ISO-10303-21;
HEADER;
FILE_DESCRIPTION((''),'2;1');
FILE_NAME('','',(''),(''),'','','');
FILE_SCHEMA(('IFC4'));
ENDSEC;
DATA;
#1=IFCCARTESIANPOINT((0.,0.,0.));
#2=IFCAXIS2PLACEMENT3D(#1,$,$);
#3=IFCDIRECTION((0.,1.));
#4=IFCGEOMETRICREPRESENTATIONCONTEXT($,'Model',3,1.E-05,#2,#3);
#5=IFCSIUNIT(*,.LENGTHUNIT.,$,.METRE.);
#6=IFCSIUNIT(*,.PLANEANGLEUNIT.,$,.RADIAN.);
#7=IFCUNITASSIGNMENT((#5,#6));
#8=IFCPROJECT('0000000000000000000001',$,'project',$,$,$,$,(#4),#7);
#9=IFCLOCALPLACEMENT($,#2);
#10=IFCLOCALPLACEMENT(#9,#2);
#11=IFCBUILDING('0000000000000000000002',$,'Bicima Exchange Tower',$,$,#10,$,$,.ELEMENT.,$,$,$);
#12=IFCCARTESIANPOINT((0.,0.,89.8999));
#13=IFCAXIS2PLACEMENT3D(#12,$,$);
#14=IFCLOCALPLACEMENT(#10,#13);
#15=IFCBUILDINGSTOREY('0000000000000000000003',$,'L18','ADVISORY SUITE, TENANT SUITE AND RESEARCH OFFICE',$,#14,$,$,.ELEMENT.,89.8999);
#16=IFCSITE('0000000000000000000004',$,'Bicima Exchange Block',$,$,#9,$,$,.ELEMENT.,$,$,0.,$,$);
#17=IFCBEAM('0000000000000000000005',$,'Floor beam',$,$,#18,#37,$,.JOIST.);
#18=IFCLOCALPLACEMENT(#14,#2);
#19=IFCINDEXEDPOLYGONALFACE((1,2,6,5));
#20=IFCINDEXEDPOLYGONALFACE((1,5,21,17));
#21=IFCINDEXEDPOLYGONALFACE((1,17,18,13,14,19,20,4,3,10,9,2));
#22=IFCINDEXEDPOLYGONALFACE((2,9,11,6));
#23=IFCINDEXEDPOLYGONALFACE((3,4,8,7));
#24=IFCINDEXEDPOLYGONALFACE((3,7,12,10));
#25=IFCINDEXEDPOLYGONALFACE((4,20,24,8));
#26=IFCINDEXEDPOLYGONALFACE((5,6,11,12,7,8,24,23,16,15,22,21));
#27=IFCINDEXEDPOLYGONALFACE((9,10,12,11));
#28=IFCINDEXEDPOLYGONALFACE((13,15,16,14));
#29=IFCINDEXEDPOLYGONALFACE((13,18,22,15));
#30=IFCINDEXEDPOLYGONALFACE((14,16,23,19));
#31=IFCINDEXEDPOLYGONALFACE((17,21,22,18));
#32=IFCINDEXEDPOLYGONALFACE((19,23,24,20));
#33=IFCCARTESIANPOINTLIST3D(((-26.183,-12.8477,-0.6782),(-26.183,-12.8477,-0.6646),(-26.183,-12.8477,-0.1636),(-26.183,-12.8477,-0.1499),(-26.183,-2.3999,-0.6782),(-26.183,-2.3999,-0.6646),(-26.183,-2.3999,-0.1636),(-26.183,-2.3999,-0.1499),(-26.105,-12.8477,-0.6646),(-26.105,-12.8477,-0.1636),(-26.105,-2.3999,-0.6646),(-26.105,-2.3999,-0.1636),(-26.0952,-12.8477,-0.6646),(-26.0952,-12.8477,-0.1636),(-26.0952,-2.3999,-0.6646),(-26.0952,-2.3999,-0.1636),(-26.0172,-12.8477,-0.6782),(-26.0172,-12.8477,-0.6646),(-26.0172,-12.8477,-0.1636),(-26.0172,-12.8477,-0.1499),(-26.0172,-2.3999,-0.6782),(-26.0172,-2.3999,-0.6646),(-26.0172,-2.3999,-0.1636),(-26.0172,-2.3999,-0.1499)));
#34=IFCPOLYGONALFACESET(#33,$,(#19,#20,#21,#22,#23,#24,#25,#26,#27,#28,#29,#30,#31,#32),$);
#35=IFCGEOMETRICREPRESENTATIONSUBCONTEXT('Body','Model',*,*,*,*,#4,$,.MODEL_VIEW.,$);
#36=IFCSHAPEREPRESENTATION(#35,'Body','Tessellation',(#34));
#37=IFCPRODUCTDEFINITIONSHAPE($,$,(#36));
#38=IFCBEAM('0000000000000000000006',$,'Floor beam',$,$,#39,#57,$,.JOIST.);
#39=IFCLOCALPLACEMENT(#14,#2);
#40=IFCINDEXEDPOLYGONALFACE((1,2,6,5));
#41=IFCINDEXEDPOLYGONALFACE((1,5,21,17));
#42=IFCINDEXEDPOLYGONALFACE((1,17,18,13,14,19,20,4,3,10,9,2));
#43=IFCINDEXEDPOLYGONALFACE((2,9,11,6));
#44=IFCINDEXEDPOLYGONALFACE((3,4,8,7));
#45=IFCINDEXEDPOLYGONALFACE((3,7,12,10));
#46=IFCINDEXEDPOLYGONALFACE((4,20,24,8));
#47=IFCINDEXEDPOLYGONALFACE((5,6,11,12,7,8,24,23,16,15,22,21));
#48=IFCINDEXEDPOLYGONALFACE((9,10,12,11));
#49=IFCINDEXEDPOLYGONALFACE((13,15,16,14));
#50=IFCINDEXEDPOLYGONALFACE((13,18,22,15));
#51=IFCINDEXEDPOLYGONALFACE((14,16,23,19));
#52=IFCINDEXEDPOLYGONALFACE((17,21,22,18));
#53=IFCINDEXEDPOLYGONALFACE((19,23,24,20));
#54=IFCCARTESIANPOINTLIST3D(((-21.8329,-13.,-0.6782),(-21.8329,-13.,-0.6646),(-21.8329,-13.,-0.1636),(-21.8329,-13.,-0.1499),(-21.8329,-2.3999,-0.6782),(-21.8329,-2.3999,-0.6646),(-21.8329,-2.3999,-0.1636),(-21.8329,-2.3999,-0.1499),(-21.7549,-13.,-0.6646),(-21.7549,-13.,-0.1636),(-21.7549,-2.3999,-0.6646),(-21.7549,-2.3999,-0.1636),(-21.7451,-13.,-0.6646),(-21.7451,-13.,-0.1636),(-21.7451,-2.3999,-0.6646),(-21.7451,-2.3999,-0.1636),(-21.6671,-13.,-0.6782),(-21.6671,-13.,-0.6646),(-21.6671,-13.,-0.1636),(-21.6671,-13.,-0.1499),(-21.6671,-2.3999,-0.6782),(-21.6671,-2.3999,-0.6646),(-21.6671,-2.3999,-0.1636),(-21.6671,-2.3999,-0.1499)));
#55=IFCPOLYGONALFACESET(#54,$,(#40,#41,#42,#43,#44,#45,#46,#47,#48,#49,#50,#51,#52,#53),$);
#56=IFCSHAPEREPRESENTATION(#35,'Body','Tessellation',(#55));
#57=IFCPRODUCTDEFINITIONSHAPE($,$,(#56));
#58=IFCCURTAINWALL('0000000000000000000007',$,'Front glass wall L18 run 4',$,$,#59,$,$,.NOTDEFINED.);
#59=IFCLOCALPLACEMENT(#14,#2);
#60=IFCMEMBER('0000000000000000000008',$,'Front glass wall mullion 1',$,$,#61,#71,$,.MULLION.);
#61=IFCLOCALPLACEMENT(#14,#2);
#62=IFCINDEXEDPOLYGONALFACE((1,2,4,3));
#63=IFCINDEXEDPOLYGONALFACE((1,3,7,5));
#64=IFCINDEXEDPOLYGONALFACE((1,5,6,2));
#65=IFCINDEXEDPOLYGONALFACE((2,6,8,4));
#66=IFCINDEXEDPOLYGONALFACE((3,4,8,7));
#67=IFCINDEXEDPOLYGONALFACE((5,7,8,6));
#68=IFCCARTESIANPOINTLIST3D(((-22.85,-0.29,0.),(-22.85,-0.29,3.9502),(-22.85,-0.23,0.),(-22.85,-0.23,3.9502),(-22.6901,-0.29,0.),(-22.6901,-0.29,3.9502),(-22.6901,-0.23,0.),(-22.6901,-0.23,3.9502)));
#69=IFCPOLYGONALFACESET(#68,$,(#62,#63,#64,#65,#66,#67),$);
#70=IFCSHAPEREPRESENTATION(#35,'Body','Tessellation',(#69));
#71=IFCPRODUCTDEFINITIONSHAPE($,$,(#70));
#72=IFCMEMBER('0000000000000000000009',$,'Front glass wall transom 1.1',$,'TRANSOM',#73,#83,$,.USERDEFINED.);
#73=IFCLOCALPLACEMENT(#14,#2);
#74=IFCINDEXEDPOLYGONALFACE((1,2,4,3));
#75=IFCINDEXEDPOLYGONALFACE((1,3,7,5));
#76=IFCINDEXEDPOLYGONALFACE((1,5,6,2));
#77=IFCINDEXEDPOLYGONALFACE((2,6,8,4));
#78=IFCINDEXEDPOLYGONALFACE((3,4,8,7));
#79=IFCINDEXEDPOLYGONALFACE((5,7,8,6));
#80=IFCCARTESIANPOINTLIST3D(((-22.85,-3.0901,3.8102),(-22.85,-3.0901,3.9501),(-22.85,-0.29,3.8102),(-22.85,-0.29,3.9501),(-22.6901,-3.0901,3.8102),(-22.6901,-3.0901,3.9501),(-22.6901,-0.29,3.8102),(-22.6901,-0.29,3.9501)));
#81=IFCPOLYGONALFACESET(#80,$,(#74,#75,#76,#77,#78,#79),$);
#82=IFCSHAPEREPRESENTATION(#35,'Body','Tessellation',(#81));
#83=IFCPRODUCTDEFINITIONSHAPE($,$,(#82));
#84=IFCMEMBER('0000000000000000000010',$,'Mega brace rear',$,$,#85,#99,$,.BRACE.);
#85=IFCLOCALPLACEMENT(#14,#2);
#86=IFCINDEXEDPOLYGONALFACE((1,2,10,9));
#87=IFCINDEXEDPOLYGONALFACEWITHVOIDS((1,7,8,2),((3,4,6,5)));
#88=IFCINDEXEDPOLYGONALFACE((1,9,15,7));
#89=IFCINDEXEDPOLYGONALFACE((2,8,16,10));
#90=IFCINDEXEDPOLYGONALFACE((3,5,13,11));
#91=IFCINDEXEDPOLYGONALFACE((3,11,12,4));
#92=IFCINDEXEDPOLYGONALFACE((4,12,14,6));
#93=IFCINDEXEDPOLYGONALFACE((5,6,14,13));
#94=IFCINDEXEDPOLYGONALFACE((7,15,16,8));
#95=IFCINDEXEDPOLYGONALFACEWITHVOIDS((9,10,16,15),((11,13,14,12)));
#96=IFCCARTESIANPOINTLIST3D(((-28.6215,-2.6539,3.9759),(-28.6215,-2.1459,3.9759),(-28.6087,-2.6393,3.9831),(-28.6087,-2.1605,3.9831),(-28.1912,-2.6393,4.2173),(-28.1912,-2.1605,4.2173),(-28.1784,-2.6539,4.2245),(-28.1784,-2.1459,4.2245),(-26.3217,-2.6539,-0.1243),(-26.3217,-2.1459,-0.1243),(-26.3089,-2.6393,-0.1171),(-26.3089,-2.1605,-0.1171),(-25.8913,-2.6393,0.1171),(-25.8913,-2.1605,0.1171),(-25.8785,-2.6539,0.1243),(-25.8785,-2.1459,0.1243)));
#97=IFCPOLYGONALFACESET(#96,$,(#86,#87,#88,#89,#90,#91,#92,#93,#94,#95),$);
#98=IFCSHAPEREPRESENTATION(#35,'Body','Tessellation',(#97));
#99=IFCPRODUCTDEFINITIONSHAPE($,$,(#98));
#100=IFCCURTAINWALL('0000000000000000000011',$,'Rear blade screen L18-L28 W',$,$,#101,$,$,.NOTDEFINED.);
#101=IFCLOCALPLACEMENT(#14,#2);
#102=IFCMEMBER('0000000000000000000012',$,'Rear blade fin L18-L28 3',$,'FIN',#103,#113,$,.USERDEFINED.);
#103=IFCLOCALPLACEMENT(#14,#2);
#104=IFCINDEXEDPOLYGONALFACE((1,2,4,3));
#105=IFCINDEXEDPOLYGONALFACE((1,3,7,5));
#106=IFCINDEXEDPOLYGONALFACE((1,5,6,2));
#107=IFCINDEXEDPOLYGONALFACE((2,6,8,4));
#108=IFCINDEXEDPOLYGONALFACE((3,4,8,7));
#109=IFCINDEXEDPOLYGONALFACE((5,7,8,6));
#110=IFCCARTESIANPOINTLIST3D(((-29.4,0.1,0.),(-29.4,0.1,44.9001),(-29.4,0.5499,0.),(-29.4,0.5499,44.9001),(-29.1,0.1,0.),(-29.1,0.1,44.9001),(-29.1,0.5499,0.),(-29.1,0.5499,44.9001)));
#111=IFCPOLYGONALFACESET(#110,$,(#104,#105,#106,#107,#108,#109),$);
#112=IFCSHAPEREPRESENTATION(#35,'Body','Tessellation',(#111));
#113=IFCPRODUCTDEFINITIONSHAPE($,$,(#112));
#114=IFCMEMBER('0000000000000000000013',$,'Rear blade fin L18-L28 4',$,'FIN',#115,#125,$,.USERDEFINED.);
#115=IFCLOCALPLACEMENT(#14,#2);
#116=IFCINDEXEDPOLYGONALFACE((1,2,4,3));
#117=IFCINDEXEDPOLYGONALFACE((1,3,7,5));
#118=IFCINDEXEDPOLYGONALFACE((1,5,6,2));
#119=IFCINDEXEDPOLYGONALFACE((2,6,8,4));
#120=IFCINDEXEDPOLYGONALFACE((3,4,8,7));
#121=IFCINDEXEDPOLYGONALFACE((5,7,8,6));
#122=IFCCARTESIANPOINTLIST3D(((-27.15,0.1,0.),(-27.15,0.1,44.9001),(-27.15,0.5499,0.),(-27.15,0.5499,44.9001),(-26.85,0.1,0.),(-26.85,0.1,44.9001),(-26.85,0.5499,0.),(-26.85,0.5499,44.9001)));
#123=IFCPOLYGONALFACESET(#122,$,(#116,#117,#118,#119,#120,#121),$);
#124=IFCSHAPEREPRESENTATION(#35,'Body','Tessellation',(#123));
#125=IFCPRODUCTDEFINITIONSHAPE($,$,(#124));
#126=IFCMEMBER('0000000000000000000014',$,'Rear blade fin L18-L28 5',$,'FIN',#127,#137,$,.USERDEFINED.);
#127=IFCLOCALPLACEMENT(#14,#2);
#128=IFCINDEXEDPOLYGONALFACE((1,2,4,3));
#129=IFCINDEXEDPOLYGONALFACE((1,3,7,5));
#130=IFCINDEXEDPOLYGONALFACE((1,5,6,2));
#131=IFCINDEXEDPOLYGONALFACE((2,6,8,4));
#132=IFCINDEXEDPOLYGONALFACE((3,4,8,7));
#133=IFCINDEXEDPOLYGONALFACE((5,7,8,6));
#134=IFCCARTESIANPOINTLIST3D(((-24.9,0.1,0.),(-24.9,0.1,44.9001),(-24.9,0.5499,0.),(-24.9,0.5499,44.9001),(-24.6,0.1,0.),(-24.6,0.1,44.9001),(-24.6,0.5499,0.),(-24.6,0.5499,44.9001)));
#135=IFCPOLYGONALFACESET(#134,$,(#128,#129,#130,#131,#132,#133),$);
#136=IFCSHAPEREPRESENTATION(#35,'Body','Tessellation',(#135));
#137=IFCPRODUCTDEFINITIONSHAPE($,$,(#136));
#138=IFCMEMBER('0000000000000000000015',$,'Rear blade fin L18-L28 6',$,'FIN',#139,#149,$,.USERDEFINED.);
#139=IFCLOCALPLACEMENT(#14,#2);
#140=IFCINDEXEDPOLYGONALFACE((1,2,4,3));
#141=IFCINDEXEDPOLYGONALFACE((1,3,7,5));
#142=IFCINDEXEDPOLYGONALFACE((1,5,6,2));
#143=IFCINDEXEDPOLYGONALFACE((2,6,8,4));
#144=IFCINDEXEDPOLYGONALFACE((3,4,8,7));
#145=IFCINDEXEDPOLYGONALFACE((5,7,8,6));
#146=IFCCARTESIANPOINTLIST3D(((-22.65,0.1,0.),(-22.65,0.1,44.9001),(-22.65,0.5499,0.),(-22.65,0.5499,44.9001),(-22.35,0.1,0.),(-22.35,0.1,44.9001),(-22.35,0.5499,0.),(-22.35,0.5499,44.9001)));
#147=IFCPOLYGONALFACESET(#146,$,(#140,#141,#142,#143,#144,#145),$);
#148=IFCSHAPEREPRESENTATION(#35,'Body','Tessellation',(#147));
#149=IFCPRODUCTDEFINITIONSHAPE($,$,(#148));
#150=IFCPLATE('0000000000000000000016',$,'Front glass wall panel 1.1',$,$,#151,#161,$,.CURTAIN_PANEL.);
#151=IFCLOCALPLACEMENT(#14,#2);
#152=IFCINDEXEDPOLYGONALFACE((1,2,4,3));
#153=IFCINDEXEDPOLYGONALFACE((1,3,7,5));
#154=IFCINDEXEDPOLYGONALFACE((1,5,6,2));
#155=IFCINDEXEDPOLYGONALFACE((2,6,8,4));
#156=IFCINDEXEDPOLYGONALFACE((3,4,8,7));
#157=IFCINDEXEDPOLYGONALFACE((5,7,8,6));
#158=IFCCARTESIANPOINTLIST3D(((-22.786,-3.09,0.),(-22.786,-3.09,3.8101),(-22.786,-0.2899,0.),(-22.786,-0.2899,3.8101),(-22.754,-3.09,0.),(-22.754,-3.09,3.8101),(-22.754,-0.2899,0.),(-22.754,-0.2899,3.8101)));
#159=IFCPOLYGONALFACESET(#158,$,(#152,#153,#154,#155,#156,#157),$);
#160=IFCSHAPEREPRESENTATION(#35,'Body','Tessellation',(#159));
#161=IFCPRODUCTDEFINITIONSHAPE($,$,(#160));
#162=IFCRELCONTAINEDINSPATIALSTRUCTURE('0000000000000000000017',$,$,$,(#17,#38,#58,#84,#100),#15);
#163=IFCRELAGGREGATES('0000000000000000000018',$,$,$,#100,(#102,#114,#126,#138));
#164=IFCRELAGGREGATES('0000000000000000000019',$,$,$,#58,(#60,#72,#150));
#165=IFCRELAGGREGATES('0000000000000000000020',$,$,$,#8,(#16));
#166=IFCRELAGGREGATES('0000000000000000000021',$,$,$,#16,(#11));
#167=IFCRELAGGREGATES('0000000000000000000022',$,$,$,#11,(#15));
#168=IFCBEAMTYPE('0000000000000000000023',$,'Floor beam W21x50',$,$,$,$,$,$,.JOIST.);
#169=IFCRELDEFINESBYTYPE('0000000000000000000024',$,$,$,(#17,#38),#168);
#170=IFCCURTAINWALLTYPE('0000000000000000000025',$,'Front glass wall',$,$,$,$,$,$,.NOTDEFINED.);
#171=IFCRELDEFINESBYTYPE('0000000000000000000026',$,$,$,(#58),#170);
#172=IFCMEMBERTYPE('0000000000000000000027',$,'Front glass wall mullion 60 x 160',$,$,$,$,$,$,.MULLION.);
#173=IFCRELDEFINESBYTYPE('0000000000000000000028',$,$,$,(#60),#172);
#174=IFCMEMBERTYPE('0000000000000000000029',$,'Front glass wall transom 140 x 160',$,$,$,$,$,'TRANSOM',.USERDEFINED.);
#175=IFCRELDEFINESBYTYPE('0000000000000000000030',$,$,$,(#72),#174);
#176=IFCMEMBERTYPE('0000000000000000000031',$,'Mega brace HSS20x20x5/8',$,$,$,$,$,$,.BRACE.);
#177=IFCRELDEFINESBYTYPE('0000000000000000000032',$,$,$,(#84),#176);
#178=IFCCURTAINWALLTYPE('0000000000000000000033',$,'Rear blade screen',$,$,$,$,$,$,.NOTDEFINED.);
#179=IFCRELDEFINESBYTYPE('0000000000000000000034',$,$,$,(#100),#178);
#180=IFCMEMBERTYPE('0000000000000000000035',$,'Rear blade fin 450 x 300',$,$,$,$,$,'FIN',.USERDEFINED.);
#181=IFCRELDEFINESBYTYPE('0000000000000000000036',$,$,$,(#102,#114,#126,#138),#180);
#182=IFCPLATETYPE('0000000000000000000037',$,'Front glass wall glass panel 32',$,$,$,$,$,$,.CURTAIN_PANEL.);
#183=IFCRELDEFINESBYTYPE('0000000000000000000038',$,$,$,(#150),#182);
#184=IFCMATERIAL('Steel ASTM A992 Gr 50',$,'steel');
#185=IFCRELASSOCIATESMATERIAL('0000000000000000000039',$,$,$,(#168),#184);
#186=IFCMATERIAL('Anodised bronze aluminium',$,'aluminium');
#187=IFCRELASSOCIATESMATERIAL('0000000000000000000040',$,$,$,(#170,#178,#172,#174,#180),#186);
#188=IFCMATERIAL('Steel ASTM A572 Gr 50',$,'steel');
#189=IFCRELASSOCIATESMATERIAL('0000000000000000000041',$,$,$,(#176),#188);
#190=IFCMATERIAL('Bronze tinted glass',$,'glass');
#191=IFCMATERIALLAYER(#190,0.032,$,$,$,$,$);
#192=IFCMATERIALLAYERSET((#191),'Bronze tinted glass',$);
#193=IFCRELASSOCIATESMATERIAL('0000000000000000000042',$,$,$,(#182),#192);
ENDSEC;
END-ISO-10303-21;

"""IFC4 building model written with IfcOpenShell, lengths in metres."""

from ifc_helpers import new_model, si_unit, direction, frame, origin, origin_2d, place, context, subcontext, project, spatial, rectangle, hollow_rectangle, i_section, extrude, material, layer, layer_set, material_profile, profile_set, type_object, element, aggregate, save


model = new_model("IFC4")

# Units and contexts
model_context = context("Model", 3, precision=1e-05, world=origin(), true_north=direction((0.0, 1.0)))
body_context = subcontext(model_context, "Body", "Model", "MODEL_VIEW")
ifc_project = project(units=[si_unit("LENGTHUNIT", "METRE"), si_unit("PLANEANGLEUNIT", "RADIAN")], contexts=[model_context])

# Site, building, storey
site_placement = place(None, origin())
site = spatial("IfcSite", under=ifc_project, at=site_placement, Name="Bicima Exchange Block", CompositionType="ELEMENT", RefElevation=0.0)
building_placement = place(site_placement, origin())
building = spatial("IfcBuilding", under=site, at=building_placement, Name="Bicima Exchange Tower", CompositionType="ELEMENT")
storey_placement = place(building_placement, frame((0.0, 0.0, 89.8999)))
storey = spatial("IfcBuildingStorey", under=building, at=storey_placement, Name="L18", Description="ADVISORY SUITE, TENANT SUITE AND RESEARCH OFFICE", CompositionType="ELEMENT", Elevation=89.8999)

# Beams
ifc_material_1 = material(Name="Steel ASTM A992 Gr 50", Category="steel")
ifc_material_profile_1 = material_profile(ifc_material_1, i_section(OverallWidth=0.1658, OverallDepth=0.5283, WebThickness=0.0098, FlangeThickness=0.0137, at=origin_2d()))
ifc_profile_set_1 = profile_set([ifc_material_profile_1], Name="Steel ASTM A992 Gr 50")
beam_type = type_object("IfcBeamType", Name="Floor beam W21x50", PredefinedType="JOIST", material=ifc_profile_set_1)
beam_1_placement = place(storey_placement, frame((-26.1001, -2.3999, -0.4141), z_axis=(0.0, -1.0, 0.0), x_axis=(1.0, 0.0, 0.0)))
element("IfcBeam", 1, at=beam_1_placement, inside=storey, type_object=beam_type, Name="Floor beam", PredefinedType="JOIST", context=body_context, shape_type="SweptSolid", body=[
    extrude(i_section(OverallWidth=0.1658, OverallDepth=0.5283, WebThickness=0.0098, FlangeThickness=0.0137, at=origin_2d()), origin(), (0.0, 0.0, 1.0), 10.4478),
])
beam_2_placement = place(storey_placement, frame((-21.75, -2.3999, -0.4141), z_axis=(0.0, -1.0, 0.0), x_axis=(1.0, 0.0, 0.0)))
element("IfcBeam", 2, at=beam_2_placement, inside=storey, type_object=beam_type, Name="Floor beam", PredefinedType="JOIST", context=body_context, shape_type="SweptSolid", body=[
    extrude(i_section(OverallWidth=0.1658, OverallDepth=0.5283, WebThickness=0.0098, FlangeThickness=0.0137, at=origin_2d()), origin(), (0.0, 0.0, 1.0), 10.6001),
])

# Curtain wall, members
ifc_material_2 = material(Name="Anodised bronze aluminium", Category="aluminium")
curtain_wall_type_1 = type_object("IfcCurtainWallType", Name="Front glass wall", PredefinedType="NOTDEFINED", material=ifc_material_2)
curtain_wall_1_placement = place(storey_placement, origin())
curtain_wall_1 = element("IfcCurtainWall", 3, at=curtain_wall_1_placement, inside=storey, type_object=curtain_wall_type_1, Name="Front glass wall L18 run 4", PredefinedType="NOTDEFINED")
ifc_material_profile_2 = material_profile(ifc_material_2, rectangle(XDim=0.1599, YDim=0.0601, at=origin_2d()))
ifc_profile_set_2 = profile_set([ifc_material_profile_2], Name="Anodised bronze aluminium")
member_type_1 = type_object("IfcMemberType", Name="Front glass wall mullion 60 x 160", PredefinedType="MULLION", material=ifc_profile_set_2)
member_1_placement = place(storey_placement, frame((-22.77, -0.26, 0.0), z_axis=(0.0, 0.0, 1.0), x_axis=(1.0, 0.0, 0.0)))
member_1 = element("IfcMember", 4, at=member_1_placement, type_object=member_type_1, Name="Front glass wall mullion 1", PredefinedType="MULLION", context=body_context, shape_type="SweptSolid", body=[
    extrude(rectangle(XDim=0.1599, YDim=0.0601, at=origin_2d()), origin(), (0.0, 0.0, 1.0), 3.9502),
])
ifc_material_profile_3 = material_profile(ifc_material_2, rectangle(XDim=0.1599, YDim=0.1399, at=origin_2d()))
ifc_profile_set_3 = profile_set([ifc_material_profile_3], Name="Anodised bronze aluminium")
member_type_2 = type_object("IfcMemberType", Name="Front glass wall transom 140 x 160", ElementType="TRANSOM", PredefinedType="USERDEFINED", material=ifc_profile_set_3)
member_2_placement = place(storey_placement, frame((-22.77, -0.29, 3.8801), z_axis=(0.0, -1.0, 0.0), x_axis=(1.0, 0.0, 0.0)))
member_2 = element("IfcMember", 5, at=member_2_placement, type_object=member_type_2, Name="Front glass wall transom 1.1", ObjectType="TRANSOM", PredefinedType="USERDEFINED", context=body_context, shape_type="SweptSolid", body=[
    extrude(rectangle(XDim=0.1599, YDim=0.1399, at=origin_2d()), origin(), (0.0, 0.0, 1.0), 2.8),
])

# Member
ifc_material_3 = material(Name="Steel ASTM A572 Gr 50", Category="steel")
ifc_material_profile_4 = material_profile(ifc_material_3, hollow_rectangle(XDim=0.5081, YDim=0.5081, WallThickness=0.0146, at=origin_2d()))
ifc_profile_set_4 = profile_set([ifc_material_profile_4], Name="Steel ASTM A572 Gr 50")
member_type_3 = type_object("IfcMemberType", Name="Mega brace HSS20x20x5/8", PredefinedType="BRACE", material=ifc_profile_set_4)
member_3_placement = place(storey_placement, frame((-26.1001, -2.3999, 0.0), z_axis=(-0.489211, 0.0, 0.872166), x_axis=(0.0, -1.0, 0.0)))
element("IfcMember", 6, at=member_3_placement, inside=storey, type_object=member_type_3, Name="Mega brace rear", PredefinedType="BRACE", context=body_context, shape_type="SweptSolid", body=[
    extrude(hollow_rectangle(XDim=0.5081, YDim=0.5081, WallThickness=0.0146, at=origin_2d()), origin(), (0.0, 0.0, 1.0), 4.7012),
])

# Curtain wall, members
curtain_wall_type_2 = type_object("IfcCurtainWallType", Name="Rear blade screen", PredefinedType="NOTDEFINED", material=ifc_material_2)
curtain_wall_2_placement = place(storey_placement, origin())
curtain_wall_2 = element("IfcCurtainWall", 7, at=curtain_wall_2_placement, inside=storey, type_object=curtain_wall_type_2, Name="Rear blade screen L18-L28 W", PredefinedType="NOTDEFINED")
ifc_material_profile_5 = material_profile(ifc_material_2, rectangle(XDim=0.45, YDim=0.3, at=origin_2d()))
ifc_profile_set_5 = profile_set([ifc_material_profile_5], Name="Anodised bronze aluminium")
member_type_4 = type_object("IfcMemberType", Name="Rear blade fin 450 x 300", ElementType="FIN", PredefinedType="USERDEFINED", material=ifc_profile_set_5)
member_4_placement = place(storey_placement, frame((-29.25, 0.325, 0.0), z_axis=(0.0, 0.0, 1.0), x_axis=(0.0, 1.0, 0.0)))
member_4 = element("IfcMember", 8, at=member_4_placement, type_object=member_type_4, Name="Rear blade fin L18-L28 3", ObjectType="FIN", PredefinedType="USERDEFINED", context=body_context, shape_type="SweptSolid", body=[
    extrude(rectangle(XDim=0.45, YDim=0.3, at=origin_2d()), origin(), (0.0, 0.0, 1.0), 44.9001),
])
member_5_placement = place(storey_placement, frame((-27.0, 0.325, 0.0), z_axis=(0.0, 0.0, 1.0), x_axis=(0.0, 1.0, 0.0)))
member_5 = element("IfcMember", 9, at=member_5_placement, type_object=member_type_4, Name="Rear blade fin L18-L28 4", ObjectType="FIN", PredefinedType="USERDEFINED", context=body_context, shape_type="SweptSolid", body=[
    extrude(rectangle(XDim=0.45, YDim=0.3, at=origin_2d()), origin(), (0.0, 0.0, 1.0), 44.9001),
])
member_6_placement = place(storey_placement, frame((-24.75, 0.325, 0.0), z_axis=(0.0, 0.0, 1.0), x_axis=(0.0, 1.0, 0.0)))
member_6 = element("IfcMember", 10, at=member_6_placement, type_object=member_type_4, Name="Rear blade fin L18-L28 5", ObjectType="FIN", PredefinedType="USERDEFINED", context=body_context, shape_type="SweptSolid", body=[
    extrude(rectangle(XDim=0.45, YDim=0.3, at=origin_2d()), origin(), (0.0, 0.0, 1.0), 44.9001),
])
member_7_placement = place(storey_placement, frame((-22.5, 0.325, 0.0), z_axis=(0.0, 0.0, 1.0), x_axis=(0.0, 1.0, 0.0)))
member_7 = element("IfcMember", 11, at=member_7_placement, type_object=member_type_4, Name="Rear blade fin L18-L28 6", ObjectType="FIN", PredefinedType="USERDEFINED", context=body_context, shape_type="SweptSolid", body=[
    extrude(rectangle(XDim=0.45, YDim=0.3, at=origin_2d()), origin(), (0.0, 0.0, 1.0), 44.9001),
])
aggregate(curtain_wall_2, [member_4, member_5, member_6, member_7])

# Plate
ifc_material_4 = material(Name="Bronze tinted glass", Category="glass")
ifc_layer_1 = layer(ifc_material_4, 0.032)
ifc_layer_set_1 = layer_set([ifc_layer_1], Name="Bronze tinted glass")
plate_type = type_object("IfcPlateType", Name="Front glass wall glass panel 32", PredefinedType="CURTAIN_PANEL", material=ifc_layer_set_1)
plate_placement = place(storey_placement, frame((-22.77, -1.6899, 0.0), z_axis=(0.0, 0.0, 1.0), x_axis=(0.0, -1.0, 0.0)))
plate = element("IfcPlate", 12, at=plate_placement, type_object=plate_type, Name="Front glass wall panel 1.1", PredefinedType="CURTAIN_PANEL", context=body_context, shape_type="SweptSolid", body=[
    extrude(rectangle(XDim=2.8, YDim=0.032, at=origin_2d()), origin(), (0.0, 0.0, 1.0), 3.8101),
])
aggregate(curtain_wall_1, [member_1, member_2, plate])

save(model, "model.ifc")
